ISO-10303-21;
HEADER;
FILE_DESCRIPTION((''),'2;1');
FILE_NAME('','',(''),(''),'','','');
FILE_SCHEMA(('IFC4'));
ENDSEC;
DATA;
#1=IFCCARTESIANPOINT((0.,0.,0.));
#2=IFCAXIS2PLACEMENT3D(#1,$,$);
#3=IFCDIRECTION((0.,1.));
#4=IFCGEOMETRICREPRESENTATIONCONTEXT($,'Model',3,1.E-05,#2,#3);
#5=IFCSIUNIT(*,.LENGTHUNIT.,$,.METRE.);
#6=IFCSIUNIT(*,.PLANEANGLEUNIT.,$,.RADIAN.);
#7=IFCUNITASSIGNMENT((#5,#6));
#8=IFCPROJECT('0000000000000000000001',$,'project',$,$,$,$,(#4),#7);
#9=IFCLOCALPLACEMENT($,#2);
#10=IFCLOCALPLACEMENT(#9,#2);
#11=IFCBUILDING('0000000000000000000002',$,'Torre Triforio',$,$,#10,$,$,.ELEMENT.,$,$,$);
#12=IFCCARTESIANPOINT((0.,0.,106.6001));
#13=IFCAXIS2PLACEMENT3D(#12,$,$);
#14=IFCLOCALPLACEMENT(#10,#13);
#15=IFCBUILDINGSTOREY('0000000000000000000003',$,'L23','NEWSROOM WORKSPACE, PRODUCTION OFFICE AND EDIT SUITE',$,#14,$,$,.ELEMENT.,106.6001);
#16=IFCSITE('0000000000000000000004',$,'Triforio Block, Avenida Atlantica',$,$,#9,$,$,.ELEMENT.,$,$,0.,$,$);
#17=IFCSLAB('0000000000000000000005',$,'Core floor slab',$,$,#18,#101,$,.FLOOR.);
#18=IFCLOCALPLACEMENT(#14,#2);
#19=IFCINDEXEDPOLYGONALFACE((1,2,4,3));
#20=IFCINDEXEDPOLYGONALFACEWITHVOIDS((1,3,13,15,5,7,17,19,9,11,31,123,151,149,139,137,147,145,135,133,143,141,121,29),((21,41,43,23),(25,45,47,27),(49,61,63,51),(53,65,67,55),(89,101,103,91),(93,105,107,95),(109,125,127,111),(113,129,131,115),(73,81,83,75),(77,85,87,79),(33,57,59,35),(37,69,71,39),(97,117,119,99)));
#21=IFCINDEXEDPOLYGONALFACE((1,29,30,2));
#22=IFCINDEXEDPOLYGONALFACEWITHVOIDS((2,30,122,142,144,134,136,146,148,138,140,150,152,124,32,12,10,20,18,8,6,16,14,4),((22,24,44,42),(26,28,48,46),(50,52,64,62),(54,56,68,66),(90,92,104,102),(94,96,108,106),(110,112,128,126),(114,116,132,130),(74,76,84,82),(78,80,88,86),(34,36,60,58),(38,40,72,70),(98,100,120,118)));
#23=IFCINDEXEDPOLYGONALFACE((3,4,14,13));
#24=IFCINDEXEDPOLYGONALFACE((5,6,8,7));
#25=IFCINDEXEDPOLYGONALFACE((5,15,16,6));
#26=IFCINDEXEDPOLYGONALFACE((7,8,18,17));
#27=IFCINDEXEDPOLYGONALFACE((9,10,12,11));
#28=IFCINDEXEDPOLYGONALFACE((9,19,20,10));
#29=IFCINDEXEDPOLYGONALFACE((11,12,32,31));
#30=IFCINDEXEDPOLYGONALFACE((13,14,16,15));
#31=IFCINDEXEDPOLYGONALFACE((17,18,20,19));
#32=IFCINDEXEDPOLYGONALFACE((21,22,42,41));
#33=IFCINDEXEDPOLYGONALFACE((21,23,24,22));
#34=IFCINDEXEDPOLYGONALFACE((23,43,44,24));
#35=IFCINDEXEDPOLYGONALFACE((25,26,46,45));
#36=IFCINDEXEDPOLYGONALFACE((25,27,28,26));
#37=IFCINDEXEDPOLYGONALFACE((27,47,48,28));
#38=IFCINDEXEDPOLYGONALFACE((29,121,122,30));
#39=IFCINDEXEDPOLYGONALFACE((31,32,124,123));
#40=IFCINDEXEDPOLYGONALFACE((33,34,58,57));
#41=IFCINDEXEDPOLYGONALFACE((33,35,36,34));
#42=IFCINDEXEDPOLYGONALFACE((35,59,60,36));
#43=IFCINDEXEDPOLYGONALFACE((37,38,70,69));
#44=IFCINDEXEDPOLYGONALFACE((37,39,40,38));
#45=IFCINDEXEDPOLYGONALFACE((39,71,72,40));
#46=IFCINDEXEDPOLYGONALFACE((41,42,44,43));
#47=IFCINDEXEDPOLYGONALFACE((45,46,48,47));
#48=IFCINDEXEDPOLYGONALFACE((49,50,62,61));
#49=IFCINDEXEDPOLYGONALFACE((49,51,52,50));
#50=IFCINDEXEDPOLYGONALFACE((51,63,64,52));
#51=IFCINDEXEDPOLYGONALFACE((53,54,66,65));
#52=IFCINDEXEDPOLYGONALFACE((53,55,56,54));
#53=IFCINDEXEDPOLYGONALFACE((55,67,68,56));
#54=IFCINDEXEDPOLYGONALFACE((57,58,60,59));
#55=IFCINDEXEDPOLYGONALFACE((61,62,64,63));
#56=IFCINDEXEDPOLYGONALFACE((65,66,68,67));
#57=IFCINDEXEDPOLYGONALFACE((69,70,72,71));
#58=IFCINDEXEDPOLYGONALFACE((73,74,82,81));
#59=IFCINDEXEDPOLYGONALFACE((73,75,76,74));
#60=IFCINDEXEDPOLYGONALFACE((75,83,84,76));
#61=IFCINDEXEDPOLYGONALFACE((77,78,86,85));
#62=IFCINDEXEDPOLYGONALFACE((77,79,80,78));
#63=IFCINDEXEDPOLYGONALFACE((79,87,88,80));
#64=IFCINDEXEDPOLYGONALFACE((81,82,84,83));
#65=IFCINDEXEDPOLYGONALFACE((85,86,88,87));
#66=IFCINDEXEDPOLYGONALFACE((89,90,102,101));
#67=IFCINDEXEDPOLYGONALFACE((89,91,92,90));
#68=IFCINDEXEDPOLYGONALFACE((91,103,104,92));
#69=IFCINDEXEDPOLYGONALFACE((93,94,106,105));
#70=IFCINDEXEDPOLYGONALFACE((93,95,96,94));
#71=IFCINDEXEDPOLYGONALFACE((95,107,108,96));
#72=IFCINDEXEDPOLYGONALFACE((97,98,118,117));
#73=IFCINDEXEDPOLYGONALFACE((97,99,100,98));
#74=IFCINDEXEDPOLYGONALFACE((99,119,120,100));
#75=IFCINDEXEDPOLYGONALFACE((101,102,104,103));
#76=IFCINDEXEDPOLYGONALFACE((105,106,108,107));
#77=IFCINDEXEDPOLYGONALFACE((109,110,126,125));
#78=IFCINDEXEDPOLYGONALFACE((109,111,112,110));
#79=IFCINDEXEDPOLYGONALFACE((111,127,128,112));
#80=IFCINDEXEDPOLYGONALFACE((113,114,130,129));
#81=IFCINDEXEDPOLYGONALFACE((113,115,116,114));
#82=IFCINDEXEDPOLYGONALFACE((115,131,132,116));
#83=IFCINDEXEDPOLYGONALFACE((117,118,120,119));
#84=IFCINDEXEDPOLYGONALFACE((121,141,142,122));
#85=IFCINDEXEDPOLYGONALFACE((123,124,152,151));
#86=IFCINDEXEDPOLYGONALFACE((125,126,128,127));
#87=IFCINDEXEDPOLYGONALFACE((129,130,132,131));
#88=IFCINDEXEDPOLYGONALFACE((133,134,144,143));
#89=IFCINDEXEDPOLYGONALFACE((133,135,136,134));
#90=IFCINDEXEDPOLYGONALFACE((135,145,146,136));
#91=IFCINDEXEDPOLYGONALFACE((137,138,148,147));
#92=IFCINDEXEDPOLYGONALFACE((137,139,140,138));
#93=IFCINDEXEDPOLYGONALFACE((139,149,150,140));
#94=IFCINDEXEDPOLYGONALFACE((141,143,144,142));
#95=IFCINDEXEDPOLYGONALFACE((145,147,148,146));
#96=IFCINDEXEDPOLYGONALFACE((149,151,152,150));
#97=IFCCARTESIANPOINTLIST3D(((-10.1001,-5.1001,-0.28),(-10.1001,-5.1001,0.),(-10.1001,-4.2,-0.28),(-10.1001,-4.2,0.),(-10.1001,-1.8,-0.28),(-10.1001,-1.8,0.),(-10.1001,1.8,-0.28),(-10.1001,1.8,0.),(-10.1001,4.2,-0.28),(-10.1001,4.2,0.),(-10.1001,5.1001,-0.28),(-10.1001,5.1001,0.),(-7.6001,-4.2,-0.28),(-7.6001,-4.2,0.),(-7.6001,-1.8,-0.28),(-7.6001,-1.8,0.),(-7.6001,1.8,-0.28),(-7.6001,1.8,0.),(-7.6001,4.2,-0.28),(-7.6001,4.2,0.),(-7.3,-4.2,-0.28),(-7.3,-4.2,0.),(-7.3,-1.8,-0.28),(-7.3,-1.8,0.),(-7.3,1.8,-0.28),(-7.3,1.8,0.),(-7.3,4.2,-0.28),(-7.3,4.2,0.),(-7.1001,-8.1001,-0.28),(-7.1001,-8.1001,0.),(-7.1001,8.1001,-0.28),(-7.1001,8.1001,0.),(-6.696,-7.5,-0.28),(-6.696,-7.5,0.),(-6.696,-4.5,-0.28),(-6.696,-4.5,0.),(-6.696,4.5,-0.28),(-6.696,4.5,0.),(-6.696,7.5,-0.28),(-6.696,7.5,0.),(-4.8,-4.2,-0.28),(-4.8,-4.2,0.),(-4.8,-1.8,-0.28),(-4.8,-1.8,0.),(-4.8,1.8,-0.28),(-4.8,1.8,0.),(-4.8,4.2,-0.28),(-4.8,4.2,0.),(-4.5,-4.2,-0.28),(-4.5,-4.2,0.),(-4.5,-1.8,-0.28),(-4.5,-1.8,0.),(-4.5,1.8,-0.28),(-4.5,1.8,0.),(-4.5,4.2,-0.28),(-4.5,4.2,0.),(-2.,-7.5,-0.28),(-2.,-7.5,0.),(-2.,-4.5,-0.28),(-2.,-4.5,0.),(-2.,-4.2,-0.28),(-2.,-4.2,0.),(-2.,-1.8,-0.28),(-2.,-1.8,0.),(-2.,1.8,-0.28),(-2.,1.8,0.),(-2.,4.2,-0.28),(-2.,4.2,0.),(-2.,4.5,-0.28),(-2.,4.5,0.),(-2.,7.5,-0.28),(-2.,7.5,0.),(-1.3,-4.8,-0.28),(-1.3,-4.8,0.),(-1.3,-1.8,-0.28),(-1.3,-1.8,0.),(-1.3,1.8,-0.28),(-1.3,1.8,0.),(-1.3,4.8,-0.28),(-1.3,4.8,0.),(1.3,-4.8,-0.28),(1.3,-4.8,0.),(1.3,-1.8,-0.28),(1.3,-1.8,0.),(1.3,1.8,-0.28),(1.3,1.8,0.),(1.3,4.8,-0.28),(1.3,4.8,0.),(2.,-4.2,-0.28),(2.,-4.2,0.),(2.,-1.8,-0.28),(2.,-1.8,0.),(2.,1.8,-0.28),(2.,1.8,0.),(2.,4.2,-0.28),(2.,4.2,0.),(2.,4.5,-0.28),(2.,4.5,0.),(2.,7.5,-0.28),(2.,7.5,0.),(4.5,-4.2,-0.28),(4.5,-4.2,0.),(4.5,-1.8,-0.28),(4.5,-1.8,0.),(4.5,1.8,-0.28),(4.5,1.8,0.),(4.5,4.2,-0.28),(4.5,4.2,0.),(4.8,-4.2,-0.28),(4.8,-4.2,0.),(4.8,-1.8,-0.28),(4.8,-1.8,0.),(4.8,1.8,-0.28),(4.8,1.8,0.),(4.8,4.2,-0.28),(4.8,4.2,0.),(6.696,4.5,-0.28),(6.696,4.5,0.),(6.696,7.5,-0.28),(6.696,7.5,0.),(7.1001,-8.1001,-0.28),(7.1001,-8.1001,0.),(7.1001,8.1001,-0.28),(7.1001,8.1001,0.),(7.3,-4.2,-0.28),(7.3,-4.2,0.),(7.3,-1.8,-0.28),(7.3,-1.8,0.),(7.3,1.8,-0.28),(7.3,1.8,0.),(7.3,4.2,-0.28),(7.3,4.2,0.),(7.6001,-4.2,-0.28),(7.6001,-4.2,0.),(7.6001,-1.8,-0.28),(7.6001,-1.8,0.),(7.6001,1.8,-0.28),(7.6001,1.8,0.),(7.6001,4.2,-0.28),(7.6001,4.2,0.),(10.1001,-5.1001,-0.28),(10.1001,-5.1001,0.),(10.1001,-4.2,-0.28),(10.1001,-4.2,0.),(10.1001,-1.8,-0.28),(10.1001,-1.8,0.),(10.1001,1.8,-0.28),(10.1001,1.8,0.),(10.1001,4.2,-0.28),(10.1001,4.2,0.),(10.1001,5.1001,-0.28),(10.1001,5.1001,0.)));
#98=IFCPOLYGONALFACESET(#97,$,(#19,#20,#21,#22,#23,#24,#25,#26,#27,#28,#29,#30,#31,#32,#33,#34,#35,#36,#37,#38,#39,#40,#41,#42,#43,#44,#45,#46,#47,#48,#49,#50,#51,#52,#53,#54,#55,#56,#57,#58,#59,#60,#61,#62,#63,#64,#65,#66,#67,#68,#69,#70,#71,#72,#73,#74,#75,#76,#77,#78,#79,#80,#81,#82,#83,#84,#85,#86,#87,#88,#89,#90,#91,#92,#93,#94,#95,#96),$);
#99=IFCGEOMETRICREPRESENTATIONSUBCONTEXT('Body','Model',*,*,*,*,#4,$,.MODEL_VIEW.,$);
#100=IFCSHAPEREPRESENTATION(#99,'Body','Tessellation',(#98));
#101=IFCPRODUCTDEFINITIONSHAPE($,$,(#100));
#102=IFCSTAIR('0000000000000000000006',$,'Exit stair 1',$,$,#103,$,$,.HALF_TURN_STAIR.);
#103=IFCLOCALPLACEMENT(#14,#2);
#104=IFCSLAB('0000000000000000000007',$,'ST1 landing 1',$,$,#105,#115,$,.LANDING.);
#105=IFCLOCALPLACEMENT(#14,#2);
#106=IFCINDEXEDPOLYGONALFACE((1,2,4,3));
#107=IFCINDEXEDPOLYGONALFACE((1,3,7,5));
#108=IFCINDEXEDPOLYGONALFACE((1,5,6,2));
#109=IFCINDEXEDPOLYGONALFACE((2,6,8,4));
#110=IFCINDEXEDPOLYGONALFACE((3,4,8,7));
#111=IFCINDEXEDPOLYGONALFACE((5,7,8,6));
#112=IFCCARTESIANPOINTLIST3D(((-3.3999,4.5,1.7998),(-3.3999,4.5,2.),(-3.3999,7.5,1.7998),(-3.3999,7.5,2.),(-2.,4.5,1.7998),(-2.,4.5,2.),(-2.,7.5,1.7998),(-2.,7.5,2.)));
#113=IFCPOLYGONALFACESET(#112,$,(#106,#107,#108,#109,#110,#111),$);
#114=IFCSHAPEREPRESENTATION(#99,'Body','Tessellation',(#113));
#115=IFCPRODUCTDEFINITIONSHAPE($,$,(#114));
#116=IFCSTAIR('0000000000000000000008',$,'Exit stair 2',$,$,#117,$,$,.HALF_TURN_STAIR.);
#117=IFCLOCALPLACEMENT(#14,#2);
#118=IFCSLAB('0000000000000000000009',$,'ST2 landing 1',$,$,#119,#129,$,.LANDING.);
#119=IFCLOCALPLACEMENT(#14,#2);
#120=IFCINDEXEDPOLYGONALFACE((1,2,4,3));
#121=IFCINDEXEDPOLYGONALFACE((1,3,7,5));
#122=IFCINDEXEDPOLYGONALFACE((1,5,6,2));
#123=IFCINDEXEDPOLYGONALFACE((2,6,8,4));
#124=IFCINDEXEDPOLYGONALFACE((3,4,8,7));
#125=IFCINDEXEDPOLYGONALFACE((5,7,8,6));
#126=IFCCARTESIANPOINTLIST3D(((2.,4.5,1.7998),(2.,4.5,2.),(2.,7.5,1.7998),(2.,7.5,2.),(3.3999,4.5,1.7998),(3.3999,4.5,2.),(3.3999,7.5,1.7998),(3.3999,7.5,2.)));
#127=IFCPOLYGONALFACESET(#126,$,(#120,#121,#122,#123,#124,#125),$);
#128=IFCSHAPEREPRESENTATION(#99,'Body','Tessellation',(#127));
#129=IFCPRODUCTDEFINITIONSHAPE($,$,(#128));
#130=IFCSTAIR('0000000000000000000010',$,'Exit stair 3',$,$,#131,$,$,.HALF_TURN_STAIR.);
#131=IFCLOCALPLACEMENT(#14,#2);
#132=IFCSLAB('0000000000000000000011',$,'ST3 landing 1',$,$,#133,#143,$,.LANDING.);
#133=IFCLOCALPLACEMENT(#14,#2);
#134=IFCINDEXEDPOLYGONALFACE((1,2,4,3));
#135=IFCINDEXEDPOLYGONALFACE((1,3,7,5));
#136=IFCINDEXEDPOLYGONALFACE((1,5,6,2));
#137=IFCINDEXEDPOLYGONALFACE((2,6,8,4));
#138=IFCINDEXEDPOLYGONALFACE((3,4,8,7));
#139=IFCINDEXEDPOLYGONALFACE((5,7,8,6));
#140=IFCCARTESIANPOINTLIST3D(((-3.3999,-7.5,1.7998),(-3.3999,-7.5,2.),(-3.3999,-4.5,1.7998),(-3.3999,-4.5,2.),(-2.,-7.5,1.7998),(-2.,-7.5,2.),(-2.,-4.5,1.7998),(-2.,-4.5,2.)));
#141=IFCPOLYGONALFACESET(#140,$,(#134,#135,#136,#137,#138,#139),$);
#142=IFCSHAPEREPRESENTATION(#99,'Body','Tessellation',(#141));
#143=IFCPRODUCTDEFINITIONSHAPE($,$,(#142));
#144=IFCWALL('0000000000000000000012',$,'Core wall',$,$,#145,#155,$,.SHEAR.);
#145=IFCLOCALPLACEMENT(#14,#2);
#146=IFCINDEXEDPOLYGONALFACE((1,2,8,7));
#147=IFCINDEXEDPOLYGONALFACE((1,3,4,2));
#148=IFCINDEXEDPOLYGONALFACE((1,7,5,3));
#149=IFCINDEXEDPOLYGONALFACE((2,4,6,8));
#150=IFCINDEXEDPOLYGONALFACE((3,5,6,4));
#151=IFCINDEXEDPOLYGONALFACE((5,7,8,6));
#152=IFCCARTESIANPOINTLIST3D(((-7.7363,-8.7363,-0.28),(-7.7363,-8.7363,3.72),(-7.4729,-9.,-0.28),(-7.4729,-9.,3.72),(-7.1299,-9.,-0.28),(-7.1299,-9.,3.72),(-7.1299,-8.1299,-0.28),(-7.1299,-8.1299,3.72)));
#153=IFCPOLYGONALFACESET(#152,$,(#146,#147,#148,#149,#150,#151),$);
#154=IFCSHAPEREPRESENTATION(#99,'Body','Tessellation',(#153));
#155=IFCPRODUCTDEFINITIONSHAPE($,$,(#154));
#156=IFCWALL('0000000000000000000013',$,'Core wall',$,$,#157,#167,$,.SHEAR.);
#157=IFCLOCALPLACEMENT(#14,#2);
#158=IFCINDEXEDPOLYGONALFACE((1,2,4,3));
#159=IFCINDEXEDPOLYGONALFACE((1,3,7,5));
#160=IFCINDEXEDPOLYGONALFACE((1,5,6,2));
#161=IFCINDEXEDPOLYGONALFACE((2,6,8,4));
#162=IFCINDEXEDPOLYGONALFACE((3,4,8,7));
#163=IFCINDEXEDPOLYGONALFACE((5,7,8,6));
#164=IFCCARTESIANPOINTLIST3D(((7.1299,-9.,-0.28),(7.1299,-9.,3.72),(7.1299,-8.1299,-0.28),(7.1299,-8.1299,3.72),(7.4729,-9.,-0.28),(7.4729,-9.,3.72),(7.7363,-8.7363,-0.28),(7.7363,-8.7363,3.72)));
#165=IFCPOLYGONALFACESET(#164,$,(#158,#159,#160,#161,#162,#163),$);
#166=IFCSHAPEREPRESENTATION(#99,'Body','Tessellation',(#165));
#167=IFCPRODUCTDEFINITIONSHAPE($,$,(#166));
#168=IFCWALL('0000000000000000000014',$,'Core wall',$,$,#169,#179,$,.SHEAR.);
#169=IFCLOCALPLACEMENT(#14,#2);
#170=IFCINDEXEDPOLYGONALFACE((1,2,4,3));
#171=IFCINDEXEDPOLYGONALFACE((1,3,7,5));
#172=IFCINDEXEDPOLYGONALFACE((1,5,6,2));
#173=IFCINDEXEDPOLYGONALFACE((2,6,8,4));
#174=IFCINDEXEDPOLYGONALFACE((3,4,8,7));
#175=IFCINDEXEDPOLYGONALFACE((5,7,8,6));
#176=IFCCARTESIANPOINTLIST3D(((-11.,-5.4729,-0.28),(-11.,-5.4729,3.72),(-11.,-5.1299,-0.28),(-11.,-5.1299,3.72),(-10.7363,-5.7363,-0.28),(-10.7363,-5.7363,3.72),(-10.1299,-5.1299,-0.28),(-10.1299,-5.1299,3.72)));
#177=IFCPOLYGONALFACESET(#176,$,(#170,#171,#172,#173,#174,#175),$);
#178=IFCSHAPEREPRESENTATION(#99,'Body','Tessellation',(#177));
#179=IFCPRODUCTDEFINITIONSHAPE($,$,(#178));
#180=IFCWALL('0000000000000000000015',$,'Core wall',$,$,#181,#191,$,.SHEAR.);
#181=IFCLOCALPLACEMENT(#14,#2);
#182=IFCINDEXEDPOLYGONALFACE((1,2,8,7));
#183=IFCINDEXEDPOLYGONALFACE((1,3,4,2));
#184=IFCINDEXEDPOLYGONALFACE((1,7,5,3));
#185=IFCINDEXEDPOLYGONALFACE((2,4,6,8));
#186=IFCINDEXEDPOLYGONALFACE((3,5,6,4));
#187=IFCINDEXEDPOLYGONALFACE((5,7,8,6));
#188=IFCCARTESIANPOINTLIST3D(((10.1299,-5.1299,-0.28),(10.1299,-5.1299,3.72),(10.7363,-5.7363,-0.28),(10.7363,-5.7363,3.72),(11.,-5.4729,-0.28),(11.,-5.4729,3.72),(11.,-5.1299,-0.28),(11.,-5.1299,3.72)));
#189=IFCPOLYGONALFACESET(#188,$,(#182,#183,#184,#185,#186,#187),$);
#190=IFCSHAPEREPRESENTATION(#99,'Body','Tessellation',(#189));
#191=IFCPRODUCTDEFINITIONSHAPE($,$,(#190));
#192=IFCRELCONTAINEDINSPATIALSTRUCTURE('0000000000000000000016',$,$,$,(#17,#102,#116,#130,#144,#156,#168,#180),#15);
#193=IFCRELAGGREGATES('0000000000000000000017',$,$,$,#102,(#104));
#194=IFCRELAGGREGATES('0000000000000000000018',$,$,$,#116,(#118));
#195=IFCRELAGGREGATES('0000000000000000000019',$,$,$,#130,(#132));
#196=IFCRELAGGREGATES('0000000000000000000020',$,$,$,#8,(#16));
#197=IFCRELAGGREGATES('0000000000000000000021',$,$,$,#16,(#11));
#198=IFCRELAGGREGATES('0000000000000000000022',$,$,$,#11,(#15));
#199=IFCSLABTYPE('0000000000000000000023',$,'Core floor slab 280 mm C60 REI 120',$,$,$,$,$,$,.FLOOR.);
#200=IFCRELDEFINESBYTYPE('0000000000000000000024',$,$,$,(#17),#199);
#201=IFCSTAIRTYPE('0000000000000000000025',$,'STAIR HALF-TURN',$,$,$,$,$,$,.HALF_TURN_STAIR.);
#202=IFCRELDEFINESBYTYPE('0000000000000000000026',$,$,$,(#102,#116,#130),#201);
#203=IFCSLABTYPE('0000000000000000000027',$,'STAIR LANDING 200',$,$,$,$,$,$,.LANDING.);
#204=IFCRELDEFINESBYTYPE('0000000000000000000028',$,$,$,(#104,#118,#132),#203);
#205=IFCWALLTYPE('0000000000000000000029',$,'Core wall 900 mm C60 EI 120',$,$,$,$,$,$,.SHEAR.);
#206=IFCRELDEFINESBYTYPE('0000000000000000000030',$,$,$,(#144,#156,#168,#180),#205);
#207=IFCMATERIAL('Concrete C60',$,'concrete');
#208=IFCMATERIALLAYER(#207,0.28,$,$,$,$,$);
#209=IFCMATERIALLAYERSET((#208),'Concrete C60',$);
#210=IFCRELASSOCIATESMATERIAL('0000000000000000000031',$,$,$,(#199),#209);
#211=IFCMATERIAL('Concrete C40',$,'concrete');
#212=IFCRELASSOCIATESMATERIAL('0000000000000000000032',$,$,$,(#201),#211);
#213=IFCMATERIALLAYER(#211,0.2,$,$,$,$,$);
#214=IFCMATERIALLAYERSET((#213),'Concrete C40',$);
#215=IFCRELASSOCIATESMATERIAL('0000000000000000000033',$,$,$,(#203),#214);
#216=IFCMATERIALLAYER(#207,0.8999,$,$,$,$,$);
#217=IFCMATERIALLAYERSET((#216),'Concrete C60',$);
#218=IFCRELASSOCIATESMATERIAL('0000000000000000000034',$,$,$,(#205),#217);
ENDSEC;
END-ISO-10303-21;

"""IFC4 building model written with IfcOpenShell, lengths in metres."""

from ifc_helpers import new_model, si_unit, direction, frame, origin, place, context, subcontext, project, spatial, polyline, outline, extrude, material, layer, layer_set, type_object, element, aggregate, save


model = new_model("IFC4")

# Units and contexts
model_context = context("Model", 3, precision=1e-05, world=origin(), true_north=direction((0.0, 1.0)))
body_context = subcontext(model_context, "Body", "Model", "MODEL_VIEW")
ifc_project = project(units=[si_unit("LENGTHUNIT", "METRE"), si_unit("PLANEANGLEUNIT", "RADIAN")], contexts=[model_context])

# Site, building, storey
site_placement = place(None, origin())
site = spatial("IfcSite", under=ifc_project, at=site_placement, Name="Triforio Block, Avenida Atlantica", CompositionType="ELEMENT", RefElevation=0.0)
building_placement = place(site_placement, origin())
building = spatial("IfcBuilding", under=site, at=building_placement, Name="Torre Triforio", CompositionType="ELEMENT")
storey_placement = place(building_placement, frame((0.0, 0.0, 106.6001)))
storey = spatial("IfcBuildingStorey", under=building, at=storey_placement, Name="L23", Description="NEWSROOM WORKSPACE, PRODUCTION OFFICE AND EDIT SUITE", CompositionType="ELEMENT", Elevation=106.6001)

# Slab
ifc_material_1 = material(Name="Concrete C60", Category="concrete")
ifc_layer_1 = layer(ifc_material_1, 0.28)
ifc_layer_set_1 = layer_set([ifc_layer_1], Name="Concrete C60")
slab_type_1 = type_object("IfcSlabType", Name="Core floor slab 280 mm C60 REI 120", PredefinedType="FLOOR", material=ifc_layer_set_1)
slab_1_placement = place(storey_placement, frame((0.0, 0.0, -0.28)))
element("IfcSlab", 1, at=slab_1_placement, inside=storey, type_object=slab_type_1, Name="Core floor slab", PredefinedType="FLOOR", context=body_context, shape_type="SweptSolid", body=[
    extrude(outline(polyline([(10.1001, -5.1001), (7.1001, -8.1001), (-7.1001, -8.1001), (-10.1001, -5.1001), (-10.1001, -4.2), (-7.6001, -4.2), (-7.6001, -1.8), (-10.1001, -1.8), (-10.1001, 1.8), (-7.6001, 1.8), (-7.6001, 4.2), (-10.1001, 4.2), (-10.1001, 5.1001), (-7.1001, 8.1001), (7.1001, 8.1001), (10.1001, 5.1001), (10.1001, 4.2), (7.6001, 4.2), (7.6001, 1.8), (10.1001, 1.8), (10.1001, -1.8), (7.6001, -1.8), (7.6001, -4.2), (10.1001, -4.2), (10.1001, -5.1001)]), holes=[polyline([(-2.0, -4.5), (-6.696, -4.5), (-6.696, -7.5), (-2.0, -7.5), (-2.0, -4.5)]), polyline([(-4.8, -1.8), (-7.3, -1.8), (-7.3, -4.2), (-4.8, -4.2), (-4.8, -1.8)]), polyline([(-2.0, -1.8), (-4.5, -1.8), (-4.5, -4.2), (-2.0, -4.2), (-2.0, -1.8)]), polyline([(-4.8, 4.2), (-7.3, 4.2), (-7.3, 1.8), (-4.8, 1.8), (-4.8, 4.2)]), polyline([(-2.0, 4.2), (-4.5, 4.2), (-4.5, 1.8), (-2.0, 1.8), (-2.0, 4.2)]), polyline([(1.3, 4.8), (-1.3, 4.8), (-1.3, 1.8), (1.3, 1.8), (1.3, 4.8)]), polyline([(-2.0, 7.5), (-6.696, 7.5), (-6.696, 4.5), (-2.0, 4.5), (-2.0, 7.5)]), polyline([(1.3, -1.8), (-1.3, -1.8), (-1.3, -4.8), (1.3, -4.8), (1.3, -1.8)]), polyline([(4.5, -1.8), (2.0, -1.8), (2.0, -4.2), (4.5, -4.2), (4.5, -1.8)]), polyline([(7.3, -1.8), (4.8, -1.8), (4.8, -4.2), (7.3, -4.2), (7.3, -1.8)]), polyline([(4.5, 4.2), (2.0, 4.2), (2.0, 1.8), (4.5, 1.8), (4.5, 4.2)]), polyline([(7.3, 4.2), (4.8, 4.2), (4.8, 1.8), (7.3, 1.8), (7.3, 4.2)]), polyline([(6.696, 4.5), (6.696, 7.5), (2.0, 7.5), (2.0, 4.5), (6.696, 4.5)])]), origin(), (0.0, 0.0, 1.0), 0.28),
])

# Stairs, slabs
ifc_material_2 = material(Name="Concrete C40", Category="concrete")
stair_type = type_object("IfcStairType", Name="STAIR HALF-TURN", PredefinedType="HALF_TURN_STAIR", material=ifc_material_2)
stair_1_placement = place(storey_placement, origin())
stair_1 = element("IfcStair", 2, at=stair_1_placement, inside=storey, type_object=stair_type, Name="Exit stair 1", PredefinedType="HALF_TURN_STAIR")
ifc_layer_2 = layer(ifc_material_2, 0.2)
ifc_layer_set_2 = layer_set([ifc_layer_2], Name="Concrete C40")
slab_type_2 = type_object("IfcSlabType", Name="STAIR LANDING 200", PredefinedType="LANDING", material=ifc_layer_set_2)
slab_2_placement = place(storey_placement, frame((0.0, 0.0, 1.7998)))
slab_2 = element("IfcSlab", 3, at=slab_2_placement, type_object=slab_type_2, Name="ST1 landing 1", PredefinedType="LANDING", context=body_context, shape_type="SweptSolid", body=[
    extrude(outline(polyline([(-2.0, 4.5), (-2.0, 7.5), (-3.3999, 7.5), (-3.3999, 4.5), (-2.0, 4.5)])), origin(), (0.0, 0.0, 1.0), 0.2002),
])
aggregate(stair_1, [slab_2])
stair_2_placement = place(storey_placement, origin())
stair_2 = element("IfcStair", 4, at=stair_2_placement, inside=storey, type_object=stair_type, Name="Exit stair 2", PredefinedType="HALF_TURN_STAIR")
slab_3_placement = place(storey_placement, frame((0.0, 0.0, 1.7998)))
slab_3 = element("IfcSlab", 5, at=slab_3_placement, type_object=slab_type_2, Name="ST2 landing 1", PredefinedType="LANDING", context=body_context, shape_type="SweptSolid", body=[
    extrude(outline(polyline([(3.3999, 4.5), (3.3999, 7.5), (2.0, 7.5), (2.0, 4.5), (3.3999, 4.5)])), origin(), (0.0, 0.0, 1.0), 0.2002),
])
aggregate(stair_2, [slab_3])
stair_3_placement = place(storey_placement, origin())
stair_3 = element("IfcStair", 6, at=stair_3_placement, inside=storey, type_object=stair_type, Name="Exit stair 3", PredefinedType="HALF_TURN_STAIR")
slab_4_placement = place(storey_placement, frame((0.0, 0.0, 1.7998)))
slab_4 = element("IfcSlab", 7, at=slab_4_placement, type_object=slab_type_2, Name="ST3 landing 1", PredefinedType="LANDING", context=body_context, shape_type="SweptSolid", body=[
    extrude(outline(polyline([(-2.0, -7.5), (-2.0, -4.5), (-3.3999, -4.5), (-3.3999, -7.5), (-2.0, -7.5)])), origin(), (0.0, 0.0, 1.0), 0.2002),
])
aggregate(stair_3, [slab_4])

# Walls
ifc_layer_3 = layer(ifc_material_1, 0.8999)
ifc_layer_set_3 = layer_set([ifc_layer_3], Name="Concrete C60")
wall_type_1 = type_object("IfcWallType", Name="Core wall 900 mm C60 EI 120", PredefinedType="SHEAR", material=ifc_layer_set_3)
wall_1_placement = place(storey_placement, frame((0.0, 0.0, -0.28)))
element("IfcWall", 8, at=wall_1_placement, inside=storey, type_object=wall_type_1, Name="Core wall", PredefinedType="SHEAR", context=body_context, shape_type="SweptSolid", body=[
    extrude(outline(polyline([(-7.4729, -9.0), (-7.7363, -8.7363), (-7.1299, -8.1299), (-7.1299, -9.0), (-7.4729, -9.0)])), origin(), (0.0, 0.0, 1.0), 4.0),
])
wall_2_placement = place(storey_placement, frame((0.0, 0.0, -0.28)))
element("IfcWall", 9, at=wall_2_placement, inside=storey, type_object=wall_type_1, Name="Core wall", PredefinedType="SHEAR", context=body_context, shape_type="SweptSolid", body=[
    extrude(outline(polyline([(7.4729, -9.0), (7.1299, -9.0), (7.1299, -8.1299), (7.7363, -8.7363), (7.4729, -9.0)])), origin(), (0.0, 0.0, 1.0), 4.0),
])
wall_3_placement = place(storey_placement, frame((0.0, 0.0, -0.28)))
element("IfcWall", 10, at=wall_3_placement, inside=storey, type_object=wall_type_1, Name="Core wall", PredefinedType="SHEAR", context=body_context, shape_type="SweptSolid", body=[
    extrude(outline(polyline([(-11.0, -5.4729), (-11.0, -5.1299), (-10.1299, -5.1299), (-10.7363, -5.7363), (-11.0, -5.4729)])), origin(), (0.0, 0.0, 1.0), 4.0),
])
wall_4_placement = place(storey_placement, frame((0.0, 0.0, -0.28)))
element("IfcWall", 11, at=wall_4_placement, inside=storey, type_object=wall_type_1, Name="Core wall", PredefinedType="SHEAR", context=body_context, shape_type="SweptSolid", body=[
    extrude(outline(polyline([(11.0, -5.4729), (10.7363, -5.7363), (10.1299, -5.1299), (11.0, -5.1299), (11.0, -5.4729)])), origin(), (0.0, 0.0, 1.0), 4.0),
])

save(model, "model.ifc")
